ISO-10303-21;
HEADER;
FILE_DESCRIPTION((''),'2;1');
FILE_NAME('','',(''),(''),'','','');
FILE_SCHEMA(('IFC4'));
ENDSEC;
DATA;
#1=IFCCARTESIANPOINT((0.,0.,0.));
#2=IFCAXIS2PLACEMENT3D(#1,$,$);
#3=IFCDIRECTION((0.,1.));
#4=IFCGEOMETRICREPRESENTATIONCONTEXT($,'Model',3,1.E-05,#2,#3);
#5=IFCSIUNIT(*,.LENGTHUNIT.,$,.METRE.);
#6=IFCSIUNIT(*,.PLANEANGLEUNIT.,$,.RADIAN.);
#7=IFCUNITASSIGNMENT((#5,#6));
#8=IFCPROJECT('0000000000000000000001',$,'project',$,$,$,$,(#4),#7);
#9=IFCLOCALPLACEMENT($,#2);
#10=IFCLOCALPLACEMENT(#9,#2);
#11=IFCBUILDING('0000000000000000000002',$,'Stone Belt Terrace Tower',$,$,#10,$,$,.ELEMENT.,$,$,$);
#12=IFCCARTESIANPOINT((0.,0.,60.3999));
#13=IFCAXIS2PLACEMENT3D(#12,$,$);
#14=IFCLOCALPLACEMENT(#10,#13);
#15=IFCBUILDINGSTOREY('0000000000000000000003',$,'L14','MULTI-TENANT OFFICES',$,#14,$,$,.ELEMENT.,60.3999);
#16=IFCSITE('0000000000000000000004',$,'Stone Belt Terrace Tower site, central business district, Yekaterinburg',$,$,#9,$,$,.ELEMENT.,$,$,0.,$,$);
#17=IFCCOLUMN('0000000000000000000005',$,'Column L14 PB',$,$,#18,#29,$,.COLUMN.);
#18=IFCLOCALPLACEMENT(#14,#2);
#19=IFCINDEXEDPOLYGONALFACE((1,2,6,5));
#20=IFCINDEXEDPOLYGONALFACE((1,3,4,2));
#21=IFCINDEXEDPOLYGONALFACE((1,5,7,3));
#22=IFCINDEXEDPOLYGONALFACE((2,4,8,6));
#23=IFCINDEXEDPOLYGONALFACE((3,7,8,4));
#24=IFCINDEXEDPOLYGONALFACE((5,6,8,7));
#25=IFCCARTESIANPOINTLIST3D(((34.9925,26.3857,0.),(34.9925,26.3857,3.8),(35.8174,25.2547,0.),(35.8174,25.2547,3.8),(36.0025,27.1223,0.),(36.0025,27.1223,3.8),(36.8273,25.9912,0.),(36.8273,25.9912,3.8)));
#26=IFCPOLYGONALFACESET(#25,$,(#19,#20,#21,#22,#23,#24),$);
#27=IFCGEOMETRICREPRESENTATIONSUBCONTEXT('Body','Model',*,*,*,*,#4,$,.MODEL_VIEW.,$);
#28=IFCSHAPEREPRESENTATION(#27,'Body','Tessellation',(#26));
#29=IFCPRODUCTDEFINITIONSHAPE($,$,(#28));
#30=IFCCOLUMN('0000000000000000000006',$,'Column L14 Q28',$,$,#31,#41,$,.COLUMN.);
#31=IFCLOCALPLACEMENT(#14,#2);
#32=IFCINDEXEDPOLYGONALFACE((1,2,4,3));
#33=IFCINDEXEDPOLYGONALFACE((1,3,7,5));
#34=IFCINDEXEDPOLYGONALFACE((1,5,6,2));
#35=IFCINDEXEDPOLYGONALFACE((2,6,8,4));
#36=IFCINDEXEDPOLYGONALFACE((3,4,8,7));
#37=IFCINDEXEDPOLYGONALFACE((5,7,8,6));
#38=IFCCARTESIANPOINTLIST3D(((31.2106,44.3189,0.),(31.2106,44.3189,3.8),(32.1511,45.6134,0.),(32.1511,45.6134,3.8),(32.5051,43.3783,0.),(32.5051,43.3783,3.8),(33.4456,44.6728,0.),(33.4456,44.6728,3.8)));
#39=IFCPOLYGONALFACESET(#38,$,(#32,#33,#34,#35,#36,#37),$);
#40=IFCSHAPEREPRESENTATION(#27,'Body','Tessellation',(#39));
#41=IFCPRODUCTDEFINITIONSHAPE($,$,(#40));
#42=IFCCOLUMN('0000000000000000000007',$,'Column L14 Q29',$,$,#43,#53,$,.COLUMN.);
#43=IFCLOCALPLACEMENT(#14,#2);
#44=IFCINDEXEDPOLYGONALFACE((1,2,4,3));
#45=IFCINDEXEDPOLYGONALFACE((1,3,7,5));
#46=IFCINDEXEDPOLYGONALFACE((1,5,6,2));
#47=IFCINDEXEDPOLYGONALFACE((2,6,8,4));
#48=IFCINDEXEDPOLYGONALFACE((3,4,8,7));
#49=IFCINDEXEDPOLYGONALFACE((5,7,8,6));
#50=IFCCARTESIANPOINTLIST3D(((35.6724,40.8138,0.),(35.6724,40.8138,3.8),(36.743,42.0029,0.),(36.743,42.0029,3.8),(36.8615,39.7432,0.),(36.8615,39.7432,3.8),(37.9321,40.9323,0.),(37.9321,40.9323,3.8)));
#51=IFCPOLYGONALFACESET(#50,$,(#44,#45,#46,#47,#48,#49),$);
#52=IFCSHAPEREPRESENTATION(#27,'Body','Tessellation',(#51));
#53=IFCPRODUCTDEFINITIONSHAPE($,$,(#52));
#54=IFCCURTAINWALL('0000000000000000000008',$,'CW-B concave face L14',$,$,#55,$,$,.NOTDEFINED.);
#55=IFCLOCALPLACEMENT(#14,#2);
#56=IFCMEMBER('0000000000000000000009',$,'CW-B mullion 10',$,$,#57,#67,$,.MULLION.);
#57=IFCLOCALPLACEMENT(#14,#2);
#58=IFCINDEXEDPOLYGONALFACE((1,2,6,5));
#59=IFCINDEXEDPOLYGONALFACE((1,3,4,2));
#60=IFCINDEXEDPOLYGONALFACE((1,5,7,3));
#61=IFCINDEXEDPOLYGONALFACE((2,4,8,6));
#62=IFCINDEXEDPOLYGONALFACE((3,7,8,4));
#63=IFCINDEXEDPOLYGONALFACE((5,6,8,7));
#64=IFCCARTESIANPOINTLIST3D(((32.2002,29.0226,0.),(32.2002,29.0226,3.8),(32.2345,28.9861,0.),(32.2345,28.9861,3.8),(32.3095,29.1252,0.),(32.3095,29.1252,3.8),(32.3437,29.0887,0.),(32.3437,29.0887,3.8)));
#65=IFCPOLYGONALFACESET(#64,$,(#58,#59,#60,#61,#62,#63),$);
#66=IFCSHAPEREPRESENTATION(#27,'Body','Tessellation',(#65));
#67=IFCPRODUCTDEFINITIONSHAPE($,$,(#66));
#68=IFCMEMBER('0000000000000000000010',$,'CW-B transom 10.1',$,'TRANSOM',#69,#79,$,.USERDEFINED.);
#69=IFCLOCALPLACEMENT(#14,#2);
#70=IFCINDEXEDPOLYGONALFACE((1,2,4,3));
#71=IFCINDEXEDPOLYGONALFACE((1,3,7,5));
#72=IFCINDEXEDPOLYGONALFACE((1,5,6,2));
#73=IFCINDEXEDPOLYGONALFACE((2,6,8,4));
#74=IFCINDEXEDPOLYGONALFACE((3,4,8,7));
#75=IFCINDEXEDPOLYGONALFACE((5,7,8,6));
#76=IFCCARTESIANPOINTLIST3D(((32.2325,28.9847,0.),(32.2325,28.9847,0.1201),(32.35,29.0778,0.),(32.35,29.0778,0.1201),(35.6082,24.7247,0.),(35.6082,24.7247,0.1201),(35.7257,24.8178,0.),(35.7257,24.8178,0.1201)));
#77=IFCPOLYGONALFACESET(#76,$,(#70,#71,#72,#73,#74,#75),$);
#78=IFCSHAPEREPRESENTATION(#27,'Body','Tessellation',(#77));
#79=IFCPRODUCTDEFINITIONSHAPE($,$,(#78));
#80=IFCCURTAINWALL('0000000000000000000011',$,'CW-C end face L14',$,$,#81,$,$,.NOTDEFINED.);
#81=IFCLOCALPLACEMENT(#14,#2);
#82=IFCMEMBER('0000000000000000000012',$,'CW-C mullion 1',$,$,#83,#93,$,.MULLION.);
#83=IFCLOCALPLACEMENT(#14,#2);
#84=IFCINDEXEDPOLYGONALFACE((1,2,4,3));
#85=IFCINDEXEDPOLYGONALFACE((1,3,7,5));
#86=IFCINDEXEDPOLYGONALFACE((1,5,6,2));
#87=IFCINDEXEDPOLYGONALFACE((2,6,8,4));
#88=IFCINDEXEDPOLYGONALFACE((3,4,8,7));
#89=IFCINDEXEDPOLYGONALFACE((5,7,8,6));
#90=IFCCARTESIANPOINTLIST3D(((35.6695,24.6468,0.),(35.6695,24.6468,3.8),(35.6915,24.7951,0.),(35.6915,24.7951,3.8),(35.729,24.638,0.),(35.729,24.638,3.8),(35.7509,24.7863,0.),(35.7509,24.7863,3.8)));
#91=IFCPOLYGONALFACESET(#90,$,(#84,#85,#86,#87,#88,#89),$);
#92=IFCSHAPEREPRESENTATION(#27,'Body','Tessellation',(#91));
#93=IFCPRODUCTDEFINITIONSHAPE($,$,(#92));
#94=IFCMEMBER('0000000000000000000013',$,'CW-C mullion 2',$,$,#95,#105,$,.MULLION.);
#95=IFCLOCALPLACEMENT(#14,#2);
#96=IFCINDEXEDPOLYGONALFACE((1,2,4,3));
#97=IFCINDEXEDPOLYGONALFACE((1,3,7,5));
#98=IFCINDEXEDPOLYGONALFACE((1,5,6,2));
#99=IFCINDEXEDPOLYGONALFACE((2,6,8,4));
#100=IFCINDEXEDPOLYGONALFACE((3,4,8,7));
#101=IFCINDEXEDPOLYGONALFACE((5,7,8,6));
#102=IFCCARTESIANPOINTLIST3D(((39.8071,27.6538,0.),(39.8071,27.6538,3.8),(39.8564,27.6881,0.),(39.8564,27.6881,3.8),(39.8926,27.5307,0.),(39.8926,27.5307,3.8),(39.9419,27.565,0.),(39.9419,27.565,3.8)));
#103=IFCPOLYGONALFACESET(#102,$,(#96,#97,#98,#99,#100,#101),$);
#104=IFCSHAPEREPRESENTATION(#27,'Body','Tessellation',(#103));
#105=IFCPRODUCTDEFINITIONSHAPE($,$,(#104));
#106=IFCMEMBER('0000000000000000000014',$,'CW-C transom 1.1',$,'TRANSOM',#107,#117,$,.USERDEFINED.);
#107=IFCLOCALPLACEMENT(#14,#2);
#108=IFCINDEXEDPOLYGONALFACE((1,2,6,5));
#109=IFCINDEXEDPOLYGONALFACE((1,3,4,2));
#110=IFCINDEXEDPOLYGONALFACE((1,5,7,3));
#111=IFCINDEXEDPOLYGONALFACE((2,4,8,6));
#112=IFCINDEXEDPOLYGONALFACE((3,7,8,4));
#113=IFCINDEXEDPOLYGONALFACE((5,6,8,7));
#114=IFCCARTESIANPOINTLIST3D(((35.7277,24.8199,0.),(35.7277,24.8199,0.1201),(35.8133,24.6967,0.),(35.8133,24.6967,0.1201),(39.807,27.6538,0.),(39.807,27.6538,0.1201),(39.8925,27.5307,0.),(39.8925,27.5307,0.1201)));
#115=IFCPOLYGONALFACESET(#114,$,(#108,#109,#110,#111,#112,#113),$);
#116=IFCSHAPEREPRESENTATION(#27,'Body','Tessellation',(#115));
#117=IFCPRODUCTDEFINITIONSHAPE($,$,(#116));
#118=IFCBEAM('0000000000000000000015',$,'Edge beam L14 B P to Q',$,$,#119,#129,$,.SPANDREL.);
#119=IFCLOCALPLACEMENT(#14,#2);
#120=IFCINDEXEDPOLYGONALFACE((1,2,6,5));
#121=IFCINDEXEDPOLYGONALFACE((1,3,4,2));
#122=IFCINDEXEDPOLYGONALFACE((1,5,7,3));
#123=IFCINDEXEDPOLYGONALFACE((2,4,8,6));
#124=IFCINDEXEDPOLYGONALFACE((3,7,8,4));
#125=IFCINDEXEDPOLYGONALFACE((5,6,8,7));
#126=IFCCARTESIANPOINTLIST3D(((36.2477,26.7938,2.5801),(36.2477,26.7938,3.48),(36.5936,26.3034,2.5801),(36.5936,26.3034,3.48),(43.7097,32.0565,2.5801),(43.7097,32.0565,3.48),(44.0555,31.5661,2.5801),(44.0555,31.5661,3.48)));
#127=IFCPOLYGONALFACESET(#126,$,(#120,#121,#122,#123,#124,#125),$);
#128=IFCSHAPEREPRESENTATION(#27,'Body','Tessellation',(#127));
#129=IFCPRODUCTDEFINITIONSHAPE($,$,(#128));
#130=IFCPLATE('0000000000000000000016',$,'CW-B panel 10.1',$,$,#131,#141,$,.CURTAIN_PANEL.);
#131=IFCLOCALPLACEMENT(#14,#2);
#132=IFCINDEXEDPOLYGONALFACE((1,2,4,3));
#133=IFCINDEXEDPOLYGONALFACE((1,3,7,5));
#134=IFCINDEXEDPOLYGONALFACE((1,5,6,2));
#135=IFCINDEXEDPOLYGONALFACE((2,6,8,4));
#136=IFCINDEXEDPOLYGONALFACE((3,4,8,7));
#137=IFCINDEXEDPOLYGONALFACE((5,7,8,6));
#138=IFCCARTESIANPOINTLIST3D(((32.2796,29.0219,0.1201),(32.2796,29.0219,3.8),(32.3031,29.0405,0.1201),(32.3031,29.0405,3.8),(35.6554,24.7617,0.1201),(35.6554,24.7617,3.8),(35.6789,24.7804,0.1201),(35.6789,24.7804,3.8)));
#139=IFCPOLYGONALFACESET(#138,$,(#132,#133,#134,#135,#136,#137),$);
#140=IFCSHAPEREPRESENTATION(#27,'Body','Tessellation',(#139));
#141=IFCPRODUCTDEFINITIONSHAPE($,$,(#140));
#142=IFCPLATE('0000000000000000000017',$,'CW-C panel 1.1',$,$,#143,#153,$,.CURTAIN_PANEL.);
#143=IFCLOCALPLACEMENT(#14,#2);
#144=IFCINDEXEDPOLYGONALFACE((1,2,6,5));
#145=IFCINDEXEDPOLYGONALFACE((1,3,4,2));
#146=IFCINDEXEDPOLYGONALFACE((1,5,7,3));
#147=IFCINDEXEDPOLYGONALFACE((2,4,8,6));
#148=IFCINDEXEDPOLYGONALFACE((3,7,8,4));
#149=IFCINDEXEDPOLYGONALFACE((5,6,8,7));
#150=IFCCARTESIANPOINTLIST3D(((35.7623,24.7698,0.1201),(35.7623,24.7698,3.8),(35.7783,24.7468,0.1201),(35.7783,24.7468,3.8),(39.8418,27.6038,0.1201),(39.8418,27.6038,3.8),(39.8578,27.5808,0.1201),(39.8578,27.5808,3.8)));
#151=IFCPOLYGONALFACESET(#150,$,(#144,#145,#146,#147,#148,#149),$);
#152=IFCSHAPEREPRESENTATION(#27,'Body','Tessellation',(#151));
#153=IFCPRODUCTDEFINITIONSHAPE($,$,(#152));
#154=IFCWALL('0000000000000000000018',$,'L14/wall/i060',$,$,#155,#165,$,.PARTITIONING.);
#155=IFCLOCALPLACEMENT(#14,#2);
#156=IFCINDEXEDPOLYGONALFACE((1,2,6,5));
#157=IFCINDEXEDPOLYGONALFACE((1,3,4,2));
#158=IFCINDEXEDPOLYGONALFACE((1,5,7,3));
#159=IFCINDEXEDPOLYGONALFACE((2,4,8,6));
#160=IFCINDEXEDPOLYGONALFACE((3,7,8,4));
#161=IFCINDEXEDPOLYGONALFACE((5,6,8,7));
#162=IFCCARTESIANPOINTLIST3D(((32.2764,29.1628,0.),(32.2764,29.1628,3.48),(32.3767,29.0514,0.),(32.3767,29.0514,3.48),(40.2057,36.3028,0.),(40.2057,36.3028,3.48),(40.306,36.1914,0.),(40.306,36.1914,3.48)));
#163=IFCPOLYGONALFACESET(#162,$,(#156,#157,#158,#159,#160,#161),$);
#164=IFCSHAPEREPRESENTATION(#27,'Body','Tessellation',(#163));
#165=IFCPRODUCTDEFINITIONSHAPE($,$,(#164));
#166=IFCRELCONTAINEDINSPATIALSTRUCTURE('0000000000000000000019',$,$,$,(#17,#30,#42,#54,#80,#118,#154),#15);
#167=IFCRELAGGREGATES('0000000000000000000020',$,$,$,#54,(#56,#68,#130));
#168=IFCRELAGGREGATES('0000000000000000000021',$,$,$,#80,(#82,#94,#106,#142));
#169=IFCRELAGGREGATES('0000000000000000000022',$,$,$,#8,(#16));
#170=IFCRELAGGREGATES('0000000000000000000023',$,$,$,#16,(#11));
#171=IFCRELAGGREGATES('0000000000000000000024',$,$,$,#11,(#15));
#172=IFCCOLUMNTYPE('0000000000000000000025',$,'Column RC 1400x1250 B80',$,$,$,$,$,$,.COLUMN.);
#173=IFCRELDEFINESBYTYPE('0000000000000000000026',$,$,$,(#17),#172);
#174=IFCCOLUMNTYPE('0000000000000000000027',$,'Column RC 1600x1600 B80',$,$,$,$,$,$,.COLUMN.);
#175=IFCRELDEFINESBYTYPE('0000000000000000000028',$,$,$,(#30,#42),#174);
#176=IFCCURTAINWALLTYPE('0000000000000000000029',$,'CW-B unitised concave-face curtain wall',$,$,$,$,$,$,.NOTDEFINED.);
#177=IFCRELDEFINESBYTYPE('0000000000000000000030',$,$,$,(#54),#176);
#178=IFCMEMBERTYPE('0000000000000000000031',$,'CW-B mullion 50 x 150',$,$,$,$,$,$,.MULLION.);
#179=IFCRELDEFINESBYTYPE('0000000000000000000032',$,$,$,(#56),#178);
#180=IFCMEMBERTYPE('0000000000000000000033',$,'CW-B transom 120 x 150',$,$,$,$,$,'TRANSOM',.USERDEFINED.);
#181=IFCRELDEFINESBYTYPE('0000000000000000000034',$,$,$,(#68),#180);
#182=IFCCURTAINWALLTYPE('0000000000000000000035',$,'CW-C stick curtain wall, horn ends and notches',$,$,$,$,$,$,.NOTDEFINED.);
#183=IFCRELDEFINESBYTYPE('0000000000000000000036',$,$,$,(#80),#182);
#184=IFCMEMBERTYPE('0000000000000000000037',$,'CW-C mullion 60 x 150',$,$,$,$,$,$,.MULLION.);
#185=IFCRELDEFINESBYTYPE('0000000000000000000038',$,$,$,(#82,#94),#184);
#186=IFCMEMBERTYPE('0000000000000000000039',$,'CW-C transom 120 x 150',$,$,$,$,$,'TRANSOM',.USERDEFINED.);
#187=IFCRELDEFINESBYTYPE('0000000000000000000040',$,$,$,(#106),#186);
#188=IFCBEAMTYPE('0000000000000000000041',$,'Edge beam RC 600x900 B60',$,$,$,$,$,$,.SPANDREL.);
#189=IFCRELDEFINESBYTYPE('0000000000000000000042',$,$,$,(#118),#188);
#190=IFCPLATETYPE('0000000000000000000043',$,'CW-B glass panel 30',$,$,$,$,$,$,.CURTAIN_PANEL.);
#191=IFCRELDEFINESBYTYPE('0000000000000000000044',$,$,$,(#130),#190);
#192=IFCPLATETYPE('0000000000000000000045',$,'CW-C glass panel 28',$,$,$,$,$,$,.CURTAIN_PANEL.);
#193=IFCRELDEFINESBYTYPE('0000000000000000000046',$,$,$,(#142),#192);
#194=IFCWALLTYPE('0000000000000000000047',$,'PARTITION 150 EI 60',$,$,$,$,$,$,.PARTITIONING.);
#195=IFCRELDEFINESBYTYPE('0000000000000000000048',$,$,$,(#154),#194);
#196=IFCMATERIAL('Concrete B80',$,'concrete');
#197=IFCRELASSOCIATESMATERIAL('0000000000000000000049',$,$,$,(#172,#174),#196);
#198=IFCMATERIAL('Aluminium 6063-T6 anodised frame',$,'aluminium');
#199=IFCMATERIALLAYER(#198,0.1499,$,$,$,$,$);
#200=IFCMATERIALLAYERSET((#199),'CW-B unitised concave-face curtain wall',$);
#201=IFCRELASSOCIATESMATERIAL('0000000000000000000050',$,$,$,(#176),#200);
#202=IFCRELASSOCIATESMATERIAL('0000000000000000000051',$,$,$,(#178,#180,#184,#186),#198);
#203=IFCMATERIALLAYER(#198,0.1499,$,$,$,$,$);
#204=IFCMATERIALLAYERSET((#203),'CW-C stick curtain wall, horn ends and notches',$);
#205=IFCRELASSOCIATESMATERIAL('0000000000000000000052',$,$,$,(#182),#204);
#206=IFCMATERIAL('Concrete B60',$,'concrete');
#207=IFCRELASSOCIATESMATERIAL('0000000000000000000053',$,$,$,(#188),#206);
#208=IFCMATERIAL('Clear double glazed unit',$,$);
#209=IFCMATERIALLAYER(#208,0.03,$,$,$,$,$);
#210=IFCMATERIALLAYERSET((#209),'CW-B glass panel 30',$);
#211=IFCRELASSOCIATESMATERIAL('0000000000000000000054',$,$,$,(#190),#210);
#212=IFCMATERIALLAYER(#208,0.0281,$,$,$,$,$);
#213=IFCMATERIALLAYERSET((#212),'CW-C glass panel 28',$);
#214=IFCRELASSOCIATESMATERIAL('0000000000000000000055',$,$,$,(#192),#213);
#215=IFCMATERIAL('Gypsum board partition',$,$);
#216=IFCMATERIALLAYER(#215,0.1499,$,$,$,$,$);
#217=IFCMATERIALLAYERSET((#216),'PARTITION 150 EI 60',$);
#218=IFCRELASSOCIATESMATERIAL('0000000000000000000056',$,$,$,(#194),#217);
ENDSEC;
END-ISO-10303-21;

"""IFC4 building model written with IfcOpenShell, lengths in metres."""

from ifc_helpers import new_model, si_unit, direction, frame, frame_2d, origin, origin_2d, place, context, subcontext, project, spatial, rectangle, extrude, material, layer, layer_set, material_profile, profile_set, type_object, element, aggregate, save


model = new_model("IFC4")

# Units and contexts
model_context = context("Model", 3, precision=1e-05, world=origin(), true_north=direction((0.0, 1.0)))
body_context = subcontext(model_context, "Body", "Model", "MODEL_VIEW")
ifc_project = project(units=[si_unit("LENGTHUNIT", "METRE"), si_unit("PLANEANGLEUNIT", "RADIAN")], contexts=[model_context])

# Site, building, storey
site_placement = place(None, origin())
site = spatial("IfcSite", under=ifc_project, at=site_placement, Name="Stone Belt Terrace Tower site, central business district, Yekaterinburg", CompositionType="ELEMENT", RefElevation=0.0)
building_placement = place(site_placement, origin())
building = spatial("IfcBuilding", under=site, at=building_placement, Name="Stone Belt Terrace Tower", CompositionType="ELEMENT")
storey_placement = place(building_placement, frame((0.0, 0.0, 60.3999)))
storey = spatial("IfcBuildingStorey", under=building, at=storey_placement, Name="L14", Description="MULTI-TENANT OFFICES", CompositionType="ELEMENT", Elevation=60.3999)

# Columns
ifc_material_1 = material(Name="Concrete B80", Category="concrete")
ifc_material_profile_1 = material_profile(ifc_material_1, rectangle(XDim=1.3999, YDim=1.25, at=origin_2d()), Name="RC 1400x1250")
ifc_profile_set_1 = profile_set([ifc_material_profile_1], Name="Concrete B80")
column_type_1 = type_object("IfcColumnType", Name="Column RC 1400x1250 B80", PredefinedType="COLUMN", material=ifc_profile_set_1)
column_placement = place(storey_placement, frame((35.9099, 26.1885, 0.0), z_axis=(0.0, 0.0, 1.0), x_axis=(0.589233, -0.807963, 0.0)))
element("IfcColumn", 1, at=column_placement, inside=storey, type_object=column_type_1, Name="Column L14 PB", PredefinedType="COLUMN", context=body_context, shape_type="SweptSolid", body=[
    extrude(rectangle(XDim=1.3999, YDim=1.25, at=origin_2d()), origin(), (0.0, 0.0, 1.0), 3.8),
])
ifc_material_profile_2 = material_profile(ifc_material_1, rectangle(XDim=1.6001, YDim=1.6001, at=origin_2d()), Name="RC 1600x1600")
ifc_profile_set_2 = profile_set([ifc_material_profile_2], Name="Concrete B80")
column_type_2 = type_object("IfcColumnType", Name="Column RC 1600x1600 B80", PredefinedType="COLUMN", material=ifc_profile_set_2)
for number, where, z_axis, x_axis, name in (
    (2, (32.3281, 44.4958, 0.0), (0.0, 0.0, 1.0), (0.809017, -0.587785, 0.0), "Column L14 Q28"),
    (3, (36.8022, 40.873, 0.0), (0.0, 0.0, 1.0), (0.743145, -0.669131, 0.0), "Column L14 Q29"),
):
    element("IfcColumn", number, at=place(storey_placement, frame(where, z_axis=z_axis, x_axis=x_axis)), inside=storey, type_object=column_type_2, Name=name, PredefinedType="COLUMN", context=body_context, shape_type="SweptSolid", body=[
        extrude(rectangle(XDim=1.6001, YDim=1.6001, at=origin_2d()), origin(), (0.0, 0.0, 1.0), 3.8),
    ])

# Curtain walls, members
ifc_material_2 = material(Name="Aluminium 6063-T6 anodised frame", Category="aluminium")
ifc_layer_1 = layer(ifc_material_2, 0.1499)
ifc_layer_set_1 = layer_set([ifc_layer_1], Name="CW-B unitised concave-face curtain wall")
curtain_wall_type_1 = type_object("IfcCurtainWallType", Name="CW-B unitised concave-face curtain wall", PredefinedType="NOTDEFINED", material=ifc_layer_set_1)
curtain_wall_1_placement = place(storey_placement, origin())
curtain_wall_1 = element("IfcCurtainWall", 4, at=curtain_wall_1_placement, inside=storey, type_object=curtain_wall_type_1, Name="CW-B concave face L14", PredefinedType="NOTDEFINED")
ifc_material_profile_3 = material_profile(ifc_material_2, rectangle(XDim=0.1499, YDim=0.05, at=origin_2d()), Name="Aluminium 6063-T6 50x150")
ifc_profile_set_3 = profile_set([ifc_material_profile_3], Name="Aluminium 6063-T6 anodised frame")
member_type_1 = type_object("IfcMemberType", Name="CW-B mullion 50 x 150", PredefinedType="MULLION", material=ifc_profile_set_3)
member_1_placement = place(storey_placement, frame((32.272, 29.0557, 0.0), z_axis=(0.0, 0.0, 1.0), x_axis=(0.729005, 0.684508, 0.0)))
member_1 = element("IfcMember", 5, at=member_1_placement, type_object=member_type_1, Name="CW-B mullion 10", PredefinedType="MULLION", context=body_context, shape_type="SweptSolid", body=[
    extrude(rectangle(XDim=0.1499, YDim=0.05, at=origin_2d()), origin(), (0.0, 0.0, 1.0), 3.8),
])
ifc_material_profile_4 = material_profile(ifc_material_2, rectangle(XDim=0.1499, YDim=0.1201, at=origin_2d()), Name="Aluminium 6063-T6 150x120")
ifc_profile_set_4 = profile_set([ifc_material_profile_4], Name="Aluminium 6063-T6 anodised frame")
member_type_2 = type_object("IfcMemberType", Name="CW-B transom 120 x 150", ElementType="TRANSOM", PredefinedType="USERDEFINED", material=ifc_profile_set_4)
member_2_placement = place(storey_placement, frame((32.2913, 29.0312, 0.0601), z_axis=(0.621068, -0.783757, 0.0), x_axis=(0.783757, 0.621068, 0.0)))
member_2 = element("IfcMember", 6, at=member_2_placement, type_object=member_type_2, Name="CW-B transom 10.1", ObjectType="TRANSOM", PredefinedType="USERDEFINED", context=body_context, shape_type="SweptSolid", body=[
    extrude(rectangle(XDim=0.1499, YDim=0.1201, at=origin_2d()), origin(), (0.0, 0.0, 1.0), 5.4353),
])
ifc_layer_2 = layer(ifc_material_2, 0.1499)
ifc_layer_set_2 = layer_set([ifc_layer_2], Name="CW-C stick curtain wall, horn ends and notches")
curtain_wall_type_2 = type_object("IfcCurtainWallType", Name="CW-C stick curtain wall, horn ends and notches", PredefinedType="NOTDEFINED", material=ifc_layer_set_2)
curtain_wall_2_placement = place(storey_placement, origin())
curtain_wall_2 = element("IfcCurtainWall", 7, at=curtain_wall_2_placement, inside=storey, type_object=curtain_wall_type_2, Name="CW-C end face L14", PredefinedType="NOTDEFINED")
ifc_material_profile_5 = material_profile(ifc_material_2, rectangle(XDim=0.1499, YDim=0.0601, at=origin_2d()), Name="Aluminium 6063-T6 60x150")
ifc_profile_set_5 = profile_set([ifc_material_profile_5], Name="Aluminium 6063-T6 anodised frame")
member_type_3 = type_object("IfcMemberType", Name="CW-C mullion 60 x 150", PredefinedType="MULLION", material=ifc_profile_set_5)
member_3_placement = place(storey_placement, frame((35.7102, 24.7166, 0.0), z_axis=(0.0, 0.0, 1.0), x_axis=(0.146242, 0.989249, 0.0)))
member_3 = element("IfcMember", 8, at=member_3_placement, type_object=member_type_3, Name="CW-C mullion 1", PredefinedType="MULLION", context=body_context, shape_type="SweptSolid", body=[
    extrude(rectangle(XDim=0.1499, YDim=0.0601, at=origin_2d()), origin(), (0.0, 0.0, 1.0), 3.8),
])
member_4_placement = place(storey_placement, frame((39.8745, 27.6094, 0.0), z_axis=(0.0, 0.0, 1.0), x_axis=(-0.570537, 0.821272, 0.0)))
member_4 = element("IfcMember", 9, at=member_4_placement, type_object=member_type_3, Name="CW-C mullion 2", PredefinedType="MULLION", context=body_context, shape_type="SweptSolid", body=[
    extrude(rectangle(XDim=0.1499, YDim=0.0601, at=origin_2d()), origin(), (0.0, 0.0, 1.0), 3.8),
])
ifc_material_profile_6 = material_profile(ifc_material_2, rectangle(XDim=0.1499, YDim=0.1201, at=origin_2d()), Name="Aluminium 6063-T6 150x120")
ifc_profile_set_6 = profile_set([ifc_material_profile_6], Name="Aluminium 6063-T6 anodised frame")
member_type_4 = type_object("IfcMemberType", Name="CW-C transom 120 x 150", ElementType="TRANSOM", PredefinedType="USERDEFINED", material=ifc_profile_set_6)
member_5_placement = place(storey_placement, frame((35.7705, 24.7583, 0.0601), z_axis=(0.821266, 0.570546, 0.0), x_axis=(-0.570546, 0.821266, 0.0)))
member_5 = element("IfcMember", 10, at=member_5_placement, type_object=member_type_4, Name="CW-C transom 1.1", ObjectType="TRANSOM", PredefinedType="USERDEFINED", context=body_context, shape_type="SweptSolid", body=[
    extrude(rectangle(XDim=0.1499, YDim=0.1201, at=origin_2d()), origin(), (0.0, 0.0, 1.0), 4.967),
])

# Beam
ifc_material_3 = material(Name="Concrete B60", Category="concrete")
ifc_material_profile_7 = material_profile(ifc_material_3, rectangle(XDim=0.6001, YDim=0.8999, at=origin_2d()), Name="RC 600x900")
ifc_profile_set_7 = profile_set([ifc_material_profile_7], Name="Concrete B60")
beam_type = type_object("IfcBeamType", Name="Edge beam RC 600x900 B60", PredefinedType="SPANDREL", material=ifc_profile_set_7)
beam_placement = place(storey_placement, frame((36.4207, 26.5486, 3.03), z_axis=(0.817202, 0.576351, 0.0), x_axis=(-0.576351, 0.817202, 0.0)))
element("IfcBeam", 11, at=beam_placement, inside=storey, type_object=beam_type, Name="Edge beam L14 B P to Q", PredefinedType="SPANDREL", context=body_context, shape_type="SweptSolid", body=[
    extrude(rectangle(XDim=0.6001, YDim=0.8999, at=origin_2d()), origin(), (0.0, 0.0, 1.0), 9.1311),
])

# Plates
ifc_material_4 = material(Name="Clear double glazed unit")
ifc_layer_3 = layer(ifc_material_4, 0.03)
ifc_layer_set_3 = layer_set([ifc_layer_3], Name="CW-B glass panel 30")
plate_type_1 = type_object("IfcPlateType", Name="CW-B glass panel 30", PredefinedType="CURTAIN_PANEL", material=ifc_layer_set_3)
plate_1_placement = place(storey_placement, frame((33.9792, 26.9011, 0.1201), z_axis=(0.0, 0.0, 1.0), x_axis=(0.621064, -0.78376, 0.0)))
plate_1 = element("IfcPlate", 12, at=plate_1_placement, type_object=plate_type_1, Name="CW-B panel 10.1", PredefinedType="CURTAIN_PANEL", context=body_context, shape_type="SweptSolid", body=[
    extrude(rectangle(XDim=5.4355, YDim=0.03, at=origin_2d()), origin(), (0.0, 0.0, 1.0), 3.6799),
])
aggregate(curtain_wall_1, [member_1, member_2, plate_1])
ifc_layer_4 = layer(ifc_material_4, 0.0281)
ifc_layer_set_4 = layer_set([ifc_layer_4], Name="CW-C glass panel 28")
plate_type_2 = type_object("IfcPlateType", Name="CW-C glass panel 28", PredefinedType="CURTAIN_PANEL", material=ifc_layer_set_4)
plate_2_placement = place(storey_placement, frame((37.8101, 26.1753, 0.1201), z_axis=(0.0, 0.0, 1.0), x_axis=(0.821272, 0.570537, 0.0)))
plate_2 = element("IfcPlate", 13, at=plate_2_placement, type_object=plate_type_2, Name="CW-C panel 1.1", PredefinedType="CURTAIN_PANEL", context=body_context, shape_type="SweptSolid", body=[
    extrude(rectangle(XDim=4.9673, YDim=0.0281, at=origin_2d()), origin(), (0.0, 0.0, 1.0), 3.6799),
])
aggregate(curtain_wall_2, [member_3, member_4, member_5, plate_2])

# Wall
ifc_material_5 = material(Name="Gypsum board partition")
ifc_layer_5 = layer(ifc_material_5, 0.1499)
ifc_layer_set_5 = layer_set([ifc_layer_5], Name="PARTITION 150 EI 60")
wall_type_1 = type_object("IfcWallType", Name="PARTITION 150 EI 60", PredefinedType="PARTITIONING", material=ifc_layer_set_5)
wall_1_placement = place(storey_placement, frame((32.3267, 29.1072, 0.0), z_axis=(0.0, 0.0, 1.0), x_axis=(0.743126, 0.669152, 0.0)))
element("IfcWall", 14, at=wall_1_placement, inside=storey, type_object=wall_type_1, Name="L14/wall/i060", PredefinedType="PARTITIONING", context=body_context, shape_type="SweptSolid", body=[
    extrude(rectangle(XDim=10.6702, YDim=0.1499, at=frame_2d((5.335, 0.0))), origin(), (0.0, 0.0, 1.0), 3.48),
])

save(model, "model.ifc")
